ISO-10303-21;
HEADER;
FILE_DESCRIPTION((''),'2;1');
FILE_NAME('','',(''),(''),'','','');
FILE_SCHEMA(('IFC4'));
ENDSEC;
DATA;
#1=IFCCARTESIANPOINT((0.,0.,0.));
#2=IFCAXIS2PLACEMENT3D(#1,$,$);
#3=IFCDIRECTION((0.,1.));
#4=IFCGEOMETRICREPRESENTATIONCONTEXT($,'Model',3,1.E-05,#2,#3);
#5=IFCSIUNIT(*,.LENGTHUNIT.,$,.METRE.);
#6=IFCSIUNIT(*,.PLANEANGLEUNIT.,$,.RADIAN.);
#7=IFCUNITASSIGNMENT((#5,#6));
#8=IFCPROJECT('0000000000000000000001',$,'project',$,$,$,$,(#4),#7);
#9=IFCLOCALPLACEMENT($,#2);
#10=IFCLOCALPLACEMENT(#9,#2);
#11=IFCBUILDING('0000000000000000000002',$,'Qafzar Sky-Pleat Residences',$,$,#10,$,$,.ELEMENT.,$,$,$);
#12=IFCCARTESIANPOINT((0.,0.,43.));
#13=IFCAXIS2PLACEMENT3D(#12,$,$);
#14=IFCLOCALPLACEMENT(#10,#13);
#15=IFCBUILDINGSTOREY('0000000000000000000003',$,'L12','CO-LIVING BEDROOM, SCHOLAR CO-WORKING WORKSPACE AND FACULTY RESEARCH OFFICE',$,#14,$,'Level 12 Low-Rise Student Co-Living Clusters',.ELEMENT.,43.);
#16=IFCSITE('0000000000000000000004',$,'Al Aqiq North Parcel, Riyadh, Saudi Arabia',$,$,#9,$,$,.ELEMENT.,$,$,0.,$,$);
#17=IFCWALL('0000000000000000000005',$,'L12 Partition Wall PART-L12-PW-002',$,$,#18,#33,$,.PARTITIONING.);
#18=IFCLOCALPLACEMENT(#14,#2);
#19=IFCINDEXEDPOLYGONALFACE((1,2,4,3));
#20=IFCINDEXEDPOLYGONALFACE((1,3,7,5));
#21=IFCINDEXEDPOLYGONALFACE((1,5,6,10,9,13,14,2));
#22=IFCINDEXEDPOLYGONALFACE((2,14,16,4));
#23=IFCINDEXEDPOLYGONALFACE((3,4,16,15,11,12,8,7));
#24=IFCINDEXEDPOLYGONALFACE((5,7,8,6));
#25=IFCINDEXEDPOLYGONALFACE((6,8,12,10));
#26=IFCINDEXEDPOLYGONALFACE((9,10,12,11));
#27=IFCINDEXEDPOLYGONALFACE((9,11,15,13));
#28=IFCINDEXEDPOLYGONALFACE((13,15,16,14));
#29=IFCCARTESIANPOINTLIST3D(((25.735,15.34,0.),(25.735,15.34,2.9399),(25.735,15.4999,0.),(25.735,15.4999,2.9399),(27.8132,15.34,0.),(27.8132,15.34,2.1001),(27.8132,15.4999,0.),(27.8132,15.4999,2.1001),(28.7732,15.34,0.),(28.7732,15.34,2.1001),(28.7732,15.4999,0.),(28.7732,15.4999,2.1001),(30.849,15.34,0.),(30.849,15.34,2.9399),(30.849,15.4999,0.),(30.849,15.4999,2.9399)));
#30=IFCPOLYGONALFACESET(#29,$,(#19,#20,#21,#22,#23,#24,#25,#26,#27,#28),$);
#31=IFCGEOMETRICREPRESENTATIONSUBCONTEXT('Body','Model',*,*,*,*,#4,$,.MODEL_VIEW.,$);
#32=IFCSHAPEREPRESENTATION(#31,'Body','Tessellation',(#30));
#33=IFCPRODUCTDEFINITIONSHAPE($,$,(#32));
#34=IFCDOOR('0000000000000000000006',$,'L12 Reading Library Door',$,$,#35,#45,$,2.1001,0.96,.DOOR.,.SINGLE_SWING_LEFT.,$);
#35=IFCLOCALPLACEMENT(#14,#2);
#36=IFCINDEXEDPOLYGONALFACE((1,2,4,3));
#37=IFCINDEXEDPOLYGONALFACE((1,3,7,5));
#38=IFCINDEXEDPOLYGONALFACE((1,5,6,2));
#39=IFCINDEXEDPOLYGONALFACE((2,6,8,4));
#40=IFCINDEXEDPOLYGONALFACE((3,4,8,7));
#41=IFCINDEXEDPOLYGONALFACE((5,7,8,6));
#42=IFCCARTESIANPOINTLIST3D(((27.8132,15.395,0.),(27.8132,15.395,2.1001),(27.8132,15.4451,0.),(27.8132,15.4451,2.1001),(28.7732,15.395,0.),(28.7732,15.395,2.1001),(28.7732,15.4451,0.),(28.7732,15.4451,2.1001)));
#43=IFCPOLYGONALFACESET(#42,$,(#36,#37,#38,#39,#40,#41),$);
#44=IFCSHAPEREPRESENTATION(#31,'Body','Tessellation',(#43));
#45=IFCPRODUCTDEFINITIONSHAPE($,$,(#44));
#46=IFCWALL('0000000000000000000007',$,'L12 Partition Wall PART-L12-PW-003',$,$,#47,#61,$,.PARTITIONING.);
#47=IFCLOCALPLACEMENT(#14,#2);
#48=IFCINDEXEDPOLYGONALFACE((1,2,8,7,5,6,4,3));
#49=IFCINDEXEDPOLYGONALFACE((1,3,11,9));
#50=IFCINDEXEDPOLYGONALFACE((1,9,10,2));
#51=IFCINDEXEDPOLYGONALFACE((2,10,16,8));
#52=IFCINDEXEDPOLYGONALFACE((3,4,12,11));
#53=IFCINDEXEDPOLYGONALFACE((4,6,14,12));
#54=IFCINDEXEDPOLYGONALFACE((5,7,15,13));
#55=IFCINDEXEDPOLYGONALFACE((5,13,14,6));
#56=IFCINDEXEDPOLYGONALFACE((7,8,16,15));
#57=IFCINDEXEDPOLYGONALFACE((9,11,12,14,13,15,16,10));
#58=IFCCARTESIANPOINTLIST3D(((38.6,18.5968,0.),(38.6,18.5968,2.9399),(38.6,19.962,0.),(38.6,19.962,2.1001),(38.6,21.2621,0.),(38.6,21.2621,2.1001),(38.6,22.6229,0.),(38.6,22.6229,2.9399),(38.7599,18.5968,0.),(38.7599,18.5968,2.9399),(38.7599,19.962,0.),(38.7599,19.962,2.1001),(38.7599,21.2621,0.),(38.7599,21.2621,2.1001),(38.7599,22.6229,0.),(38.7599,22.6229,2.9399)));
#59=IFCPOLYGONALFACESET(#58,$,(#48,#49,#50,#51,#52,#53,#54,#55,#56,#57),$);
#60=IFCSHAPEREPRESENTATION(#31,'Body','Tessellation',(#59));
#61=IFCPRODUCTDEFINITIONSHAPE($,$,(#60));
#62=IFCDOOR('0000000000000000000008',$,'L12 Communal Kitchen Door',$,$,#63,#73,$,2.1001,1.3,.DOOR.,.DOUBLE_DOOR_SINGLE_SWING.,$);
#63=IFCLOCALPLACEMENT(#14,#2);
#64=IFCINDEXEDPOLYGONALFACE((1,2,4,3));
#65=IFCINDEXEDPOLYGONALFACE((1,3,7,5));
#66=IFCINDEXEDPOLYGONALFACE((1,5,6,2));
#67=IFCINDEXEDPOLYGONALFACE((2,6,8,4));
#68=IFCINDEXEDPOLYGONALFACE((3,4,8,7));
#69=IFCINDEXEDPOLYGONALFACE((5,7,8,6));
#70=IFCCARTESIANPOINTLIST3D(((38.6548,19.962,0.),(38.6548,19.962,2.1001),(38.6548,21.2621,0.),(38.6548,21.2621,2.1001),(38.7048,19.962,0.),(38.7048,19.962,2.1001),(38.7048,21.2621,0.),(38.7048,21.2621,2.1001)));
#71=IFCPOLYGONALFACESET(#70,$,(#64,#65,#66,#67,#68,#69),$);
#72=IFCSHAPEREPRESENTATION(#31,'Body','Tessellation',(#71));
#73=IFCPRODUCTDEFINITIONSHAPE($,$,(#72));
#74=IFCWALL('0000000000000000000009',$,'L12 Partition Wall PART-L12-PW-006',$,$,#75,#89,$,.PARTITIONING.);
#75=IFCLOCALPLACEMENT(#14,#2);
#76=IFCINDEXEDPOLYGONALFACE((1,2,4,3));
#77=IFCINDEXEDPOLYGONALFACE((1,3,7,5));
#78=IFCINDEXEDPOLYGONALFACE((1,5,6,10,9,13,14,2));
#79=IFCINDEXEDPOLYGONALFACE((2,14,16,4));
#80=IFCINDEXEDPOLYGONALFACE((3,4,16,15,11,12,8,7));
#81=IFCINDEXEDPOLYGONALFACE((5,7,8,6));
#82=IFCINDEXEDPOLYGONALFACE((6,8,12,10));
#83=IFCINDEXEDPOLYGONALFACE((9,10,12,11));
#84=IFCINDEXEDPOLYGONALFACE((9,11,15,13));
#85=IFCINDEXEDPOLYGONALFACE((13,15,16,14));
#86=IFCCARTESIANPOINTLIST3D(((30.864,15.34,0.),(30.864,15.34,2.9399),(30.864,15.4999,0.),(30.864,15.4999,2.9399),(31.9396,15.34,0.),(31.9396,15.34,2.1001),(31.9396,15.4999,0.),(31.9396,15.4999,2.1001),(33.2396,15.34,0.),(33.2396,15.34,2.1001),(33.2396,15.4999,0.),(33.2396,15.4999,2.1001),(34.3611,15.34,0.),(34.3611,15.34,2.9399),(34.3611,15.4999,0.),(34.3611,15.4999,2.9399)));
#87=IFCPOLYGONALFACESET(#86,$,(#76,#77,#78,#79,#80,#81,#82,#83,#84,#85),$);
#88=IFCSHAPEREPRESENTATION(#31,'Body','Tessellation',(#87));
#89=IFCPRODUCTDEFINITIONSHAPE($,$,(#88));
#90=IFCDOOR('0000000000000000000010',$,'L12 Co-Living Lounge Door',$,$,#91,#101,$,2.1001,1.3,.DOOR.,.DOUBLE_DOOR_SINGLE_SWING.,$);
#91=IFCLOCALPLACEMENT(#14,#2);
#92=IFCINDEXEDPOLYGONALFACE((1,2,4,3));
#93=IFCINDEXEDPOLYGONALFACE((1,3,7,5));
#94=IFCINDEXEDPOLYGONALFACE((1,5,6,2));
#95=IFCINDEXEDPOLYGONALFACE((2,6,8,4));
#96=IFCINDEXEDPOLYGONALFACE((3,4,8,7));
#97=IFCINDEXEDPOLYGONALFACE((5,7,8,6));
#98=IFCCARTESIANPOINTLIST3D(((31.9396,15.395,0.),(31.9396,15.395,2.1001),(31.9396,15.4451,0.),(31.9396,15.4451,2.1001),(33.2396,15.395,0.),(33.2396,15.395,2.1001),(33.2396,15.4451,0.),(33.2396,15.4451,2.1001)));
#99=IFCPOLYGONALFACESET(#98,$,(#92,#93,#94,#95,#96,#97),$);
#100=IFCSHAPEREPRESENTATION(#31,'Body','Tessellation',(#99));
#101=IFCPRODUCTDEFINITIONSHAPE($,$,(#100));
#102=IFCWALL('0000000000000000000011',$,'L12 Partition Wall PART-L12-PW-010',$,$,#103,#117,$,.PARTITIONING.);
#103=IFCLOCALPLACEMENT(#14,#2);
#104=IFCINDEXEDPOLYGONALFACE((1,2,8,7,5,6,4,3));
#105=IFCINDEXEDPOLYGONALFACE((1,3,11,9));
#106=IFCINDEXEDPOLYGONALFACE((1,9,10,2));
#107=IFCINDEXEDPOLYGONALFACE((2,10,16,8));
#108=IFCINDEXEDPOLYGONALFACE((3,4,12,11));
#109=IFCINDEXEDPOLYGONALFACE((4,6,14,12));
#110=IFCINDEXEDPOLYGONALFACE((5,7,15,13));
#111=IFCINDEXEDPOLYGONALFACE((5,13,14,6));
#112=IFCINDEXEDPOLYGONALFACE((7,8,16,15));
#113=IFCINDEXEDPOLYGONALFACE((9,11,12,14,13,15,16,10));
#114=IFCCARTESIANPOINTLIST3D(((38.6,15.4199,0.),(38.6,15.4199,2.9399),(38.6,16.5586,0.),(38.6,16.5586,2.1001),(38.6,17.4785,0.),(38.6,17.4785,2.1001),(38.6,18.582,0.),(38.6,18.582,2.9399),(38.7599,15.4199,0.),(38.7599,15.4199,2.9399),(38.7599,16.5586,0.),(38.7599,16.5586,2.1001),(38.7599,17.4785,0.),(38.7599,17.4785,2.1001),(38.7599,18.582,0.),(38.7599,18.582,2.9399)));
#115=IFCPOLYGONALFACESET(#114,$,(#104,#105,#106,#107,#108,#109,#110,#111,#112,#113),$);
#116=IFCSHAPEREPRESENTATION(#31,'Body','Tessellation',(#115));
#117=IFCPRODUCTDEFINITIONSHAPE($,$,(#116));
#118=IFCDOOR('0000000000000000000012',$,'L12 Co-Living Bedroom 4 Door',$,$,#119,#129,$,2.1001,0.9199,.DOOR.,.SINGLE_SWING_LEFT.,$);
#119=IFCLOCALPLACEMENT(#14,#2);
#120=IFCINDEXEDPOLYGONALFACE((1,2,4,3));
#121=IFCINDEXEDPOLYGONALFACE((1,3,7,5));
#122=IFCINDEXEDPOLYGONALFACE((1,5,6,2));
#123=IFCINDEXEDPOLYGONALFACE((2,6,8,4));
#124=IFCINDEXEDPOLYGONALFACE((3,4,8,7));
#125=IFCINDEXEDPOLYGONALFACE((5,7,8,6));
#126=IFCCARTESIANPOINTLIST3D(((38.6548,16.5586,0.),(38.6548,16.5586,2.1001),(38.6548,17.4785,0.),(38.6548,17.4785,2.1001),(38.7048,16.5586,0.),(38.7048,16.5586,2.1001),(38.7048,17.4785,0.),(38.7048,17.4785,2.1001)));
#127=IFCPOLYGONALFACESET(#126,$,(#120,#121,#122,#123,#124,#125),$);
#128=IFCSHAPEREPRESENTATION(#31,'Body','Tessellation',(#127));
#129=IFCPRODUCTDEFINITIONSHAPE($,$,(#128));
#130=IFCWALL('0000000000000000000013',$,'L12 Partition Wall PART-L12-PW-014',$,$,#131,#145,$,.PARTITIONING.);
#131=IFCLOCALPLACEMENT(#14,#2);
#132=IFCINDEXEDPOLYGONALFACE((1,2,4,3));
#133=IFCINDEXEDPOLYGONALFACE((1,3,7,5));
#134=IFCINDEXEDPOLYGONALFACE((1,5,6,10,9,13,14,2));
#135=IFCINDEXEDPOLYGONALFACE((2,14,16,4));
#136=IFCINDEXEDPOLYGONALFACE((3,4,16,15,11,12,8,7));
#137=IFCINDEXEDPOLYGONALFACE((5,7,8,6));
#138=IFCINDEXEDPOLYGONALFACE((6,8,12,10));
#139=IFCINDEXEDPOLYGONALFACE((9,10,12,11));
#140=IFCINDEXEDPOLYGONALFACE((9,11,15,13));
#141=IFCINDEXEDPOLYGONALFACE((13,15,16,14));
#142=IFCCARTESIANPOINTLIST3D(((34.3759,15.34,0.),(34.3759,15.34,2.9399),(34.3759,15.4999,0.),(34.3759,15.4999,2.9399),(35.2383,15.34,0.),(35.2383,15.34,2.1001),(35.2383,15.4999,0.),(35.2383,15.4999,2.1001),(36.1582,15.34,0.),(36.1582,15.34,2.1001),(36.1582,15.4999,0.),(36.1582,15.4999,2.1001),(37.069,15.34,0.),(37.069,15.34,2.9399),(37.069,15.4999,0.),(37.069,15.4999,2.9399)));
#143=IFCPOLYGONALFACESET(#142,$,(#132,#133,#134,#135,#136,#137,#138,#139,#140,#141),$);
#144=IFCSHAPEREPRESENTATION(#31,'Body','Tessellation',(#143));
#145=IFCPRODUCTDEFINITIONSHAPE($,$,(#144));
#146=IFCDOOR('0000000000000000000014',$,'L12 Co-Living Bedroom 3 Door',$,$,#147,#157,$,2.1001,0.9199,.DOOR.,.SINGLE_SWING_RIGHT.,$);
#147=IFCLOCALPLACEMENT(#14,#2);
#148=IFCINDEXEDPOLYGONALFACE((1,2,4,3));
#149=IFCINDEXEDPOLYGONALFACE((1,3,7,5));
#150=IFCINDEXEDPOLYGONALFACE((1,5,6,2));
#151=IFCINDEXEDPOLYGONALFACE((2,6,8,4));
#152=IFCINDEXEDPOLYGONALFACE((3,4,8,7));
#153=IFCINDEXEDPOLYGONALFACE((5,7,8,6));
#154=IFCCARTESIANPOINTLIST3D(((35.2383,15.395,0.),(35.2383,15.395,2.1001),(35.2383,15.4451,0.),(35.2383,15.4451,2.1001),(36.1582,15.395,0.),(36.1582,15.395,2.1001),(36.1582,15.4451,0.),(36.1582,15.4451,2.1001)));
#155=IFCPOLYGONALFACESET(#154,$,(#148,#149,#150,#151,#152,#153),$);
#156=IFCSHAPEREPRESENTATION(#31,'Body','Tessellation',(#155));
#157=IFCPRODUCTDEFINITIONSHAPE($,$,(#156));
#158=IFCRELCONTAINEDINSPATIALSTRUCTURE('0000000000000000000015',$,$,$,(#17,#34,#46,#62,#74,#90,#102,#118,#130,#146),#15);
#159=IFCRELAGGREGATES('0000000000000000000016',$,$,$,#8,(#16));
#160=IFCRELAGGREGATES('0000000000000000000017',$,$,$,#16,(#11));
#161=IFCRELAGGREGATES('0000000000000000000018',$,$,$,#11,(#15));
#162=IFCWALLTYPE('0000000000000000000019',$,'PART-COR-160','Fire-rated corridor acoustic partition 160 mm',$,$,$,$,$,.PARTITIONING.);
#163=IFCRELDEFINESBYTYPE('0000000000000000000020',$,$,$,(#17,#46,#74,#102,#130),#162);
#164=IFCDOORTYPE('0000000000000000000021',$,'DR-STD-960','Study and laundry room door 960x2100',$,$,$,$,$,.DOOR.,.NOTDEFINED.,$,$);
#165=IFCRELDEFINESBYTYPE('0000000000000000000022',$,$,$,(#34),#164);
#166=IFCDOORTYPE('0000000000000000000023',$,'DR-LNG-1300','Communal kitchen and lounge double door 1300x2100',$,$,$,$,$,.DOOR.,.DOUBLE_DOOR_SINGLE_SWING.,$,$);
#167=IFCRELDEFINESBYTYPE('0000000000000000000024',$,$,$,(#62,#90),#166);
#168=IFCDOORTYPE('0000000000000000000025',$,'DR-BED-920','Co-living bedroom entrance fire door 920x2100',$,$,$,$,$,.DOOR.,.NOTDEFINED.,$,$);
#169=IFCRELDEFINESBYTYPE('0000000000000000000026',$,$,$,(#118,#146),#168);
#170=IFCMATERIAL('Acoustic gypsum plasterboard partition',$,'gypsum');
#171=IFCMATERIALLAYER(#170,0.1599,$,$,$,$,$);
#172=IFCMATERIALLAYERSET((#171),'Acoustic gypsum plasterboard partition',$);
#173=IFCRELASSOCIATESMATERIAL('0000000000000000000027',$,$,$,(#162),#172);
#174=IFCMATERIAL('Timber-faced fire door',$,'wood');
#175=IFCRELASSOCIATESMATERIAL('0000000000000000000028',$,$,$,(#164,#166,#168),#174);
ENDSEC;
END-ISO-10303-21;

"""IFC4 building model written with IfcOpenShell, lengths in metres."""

from ifc_helpers import new_model, si_unit, direction, frame, frame_2d, origin, place, context, subcontext, project, spatial, rectangle, extrude, source, transform, mapped, material, layer, layer_set, type_object, element, fill, save


model = new_model("IFC4")

# Units and contexts
model_context = context("Model", 3, precision=1e-05, world=origin(), true_north=direction((0.0, 1.0)))
body_context = subcontext(model_context, "Body", "Model", "MODEL_VIEW")
ifc_project = project(units=[si_unit("LENGTHUNIT", "METRE"), si_unit("PLANEANGLEUNIT", "RADIAN")], contexts=[model_context])

# Site, building, storey
site_placement = place(None, origin())
site = spatial("IfcSite", under=ifc_project, at=site_placement, Name="Al Aqiq North Parcel, Riyadh, Saudi Arabia", CompositionType="ELEMENT", RefElevation=0.0)
building_placement = place(site_placement, origin())
building = spatial("IfcBuilding", under=site, at=building_placement, Name="Qafzar Sky-Pleat Residences", CompositionType="ELEMENT")
storey_placement = place(building_placement, frame((0.0, 0.0, 43.0)))
storey = spatial("IfcBuildingStorey", under=building, at=storey_placement, Name="L12", Description="CO-LIVING BEDROOM, SCHOLAR CO-WORKING WORKSPACE AND FACULTY RESEARCH OFFICE", LongName="Level 12 Low-Rise Student Co-Living Clusters", CompositionType="ELEMENT", Elevation=43.0)

# Walls, openings, doors
ifc_material_1 = material(Name="Acoustic gypsum plasterboard partition", Category="gypsum")
ifc_layer_1 = layer(ifc_material_1, 0.1599)
ifc_layer_set_1 = layer_set([ifc_layer_1], Name="Acoustic gypsum plasterboard partition")
wall_type_1 = type_object("IfcWallType", Name="PART-COR-160", Description="Fire-rated corridor acoustic partition 160 mm", PredefinedType="PARTITIONING", material=ifc_layer_set_1)
wall_1_placement = place(storey_placement, frame((30.8491, 15.4199, 0.0), z_axis=(0.0, 0.0, 1.0), x_axis=(-1.0, 0.0, 0.0)))
wall_1 = element("IfcWall", 1, at=wall_1_placement, inside=storey, type_object=wall_type_1, Name="L12 Partition Wall PART-L12-PW-002", PredefinedType="PARTITIONING", context=body_context, shape_type="SweptSolid", body=[
    extrude(rectangle(XDim=5.114, YDim=0.1599, at=frame_2d((2.5571, 0.0))), origin(), (0.0, 0.0, 1.0), 2.9399),
])
opening_1_placement = place(wall_1_placement, frame((2.0759, 0.0, 0.0)))
opening_1 = element("IfcOpeningElement", 2, at=opening_1_placement, cuts=wall_1, PredefinedType="OPENING", context=body_context, shape_type="SweptSolid", body=[
    extrude(rectangle(XDim=0.96, YDim=2.1001, at=frame_2d((0.48, 1.05))), frame((0.0, 0.0898, 0.0), z_axis=(0.0, -1.0, 0.0), x_axis=(1.0, 0.0, 0.0)), (0.0, 0.0, 1.0), 0.1799),
])
ifc_material_2 = material(Name="Timber-faced fire door", Category="wood")
door_type_1 = type_object("IfcDoorType", Name="DR-STD-960", Description="Study and laundry room door 960x2100", OperationType="NOTDEFINED", PredefinedType="DOOR", material=ifc_material_2)
shared_shape_1 = source(origin(), body_context, "Body", "SweptSolid", [
    extrude(rectangle(XDim=0.96, YDim=2.1001, at=frame_2d((0.48, 1.05))), frame((0.0, 0.0249, 0.0), z_axis=(0.0, -1.0, 0.0), x_axis=(1.0, 0.0, 0.0)), (0.0, 0.0, 1.0), 0.05),
])
door_1_placement = place(opening_1_placement, origin())
door_1 = element("IfcDoor", 3, at=door_1_placement, inside=storey, type_object=door_type_1, Name="L12 Reading Library Door", OperationType="SINGLE_SWING_LEFT", OverallHeight=2.1001, OverallWidth=0.96, PredefinedType="DOOR", context=body_context, shape_type="MappedRepresentation", body=[
    mapped(shared_shape_1, transform((0.0, 0.0, 0.0), x_axis=(1.0, 0.0, 0.0), y_axis=(0.0, 1.0, 0.0), z_axis=(0.0, 0.0, 1.0), scale=1.0)),
])
fill(opening_1, door_1)
wall_2_placement = place(storey_placement, frame((38.6799, 22.623, 0.0), z_axis=(0.0, 0.0, 1.0), x_axis=(0.0, -1.0, 0.0)))
wall_2 = element("IfcWall", 4, at=wall_2_placement, inside=storey, type_object=wall_type_1, Name="L12 Partition Wall PART-L12-PW-003", PredefinedType="PARTITIONING", context=body_context, shape_type="SweptSolid", body=[
    extrude(rectangle(XDim=4.0261, YDim=0.1599, at=frame_2d((2.0132, 0.0))), origin(), (0.0, 0.0, 1.0), 2.9399),
])
opening_2_placement = place(wall_2_placement, frame((1.3611, 0.0, 0.0)))
opening_2 = element("IfcOpeningElement", 5, at=opening_2_placement, cuts=wall_2, PredefinedType="OPENING", context=body_context, shape_type="SweptSolid", body=[
    extrude(rectangle(XDim=1.3, YDim=2.1001, at=frame_2d((0.6499, 1.05))), frame((0.0, 0.0898, 0.0), z_axis=(0.0, -1.0, 0.0), x_axis=(1.0, 0.0, 0.0)), (0.0, 0.0, 1.0), 0.1799),
])
door_type_2 = type_object("IfcDoorType", Name="DR-LNG-1300", Description="Communal kitchen and lounge double door 1300x2100", OperationType="DOUBLE_DOOR_SINGLE_SWING", PredefinedType="DOOR", material=ifc_material_2)
shared_shape_2 = source(origin(), body_context, "Body", "SweptSolid", [
    extrude(rectangle(XDim=1.3, YDim=2.1001, at=frame_2d((0.6499, 1.05))), frame((0.0, 0.0249, 0.0), z_axis=(0.0, -1.0, 0.0), x_axis=(1.0, 0.0, 0.0)), (0.0, 0.0, 1.0), 0.05),
])
door_2_placement = place(opening_2_placement, origin())
door_2 = element("IfcDoor", 6, at=door_2_placement, inside=storey, type_object=door_type_2, Name="L12 Communal Kitchen Door", OperationType="DOUBLE_DOOR_SINGLE_SWING", OverallHeight=2.1001, OverallWidth=1.3, PredefinedType="DOOR", context=body_context, shape_type="MappedRepresentation", body=[
    mapped(shared_shape_2, transform((0.0, 0.0, 0.0), x_axis=(1.0, 0.0, 0.0), y_axis=(0.0, 1.0, 0.0), z_axis=(0.0, 0.0, 1.0), scale=1.0)),
])
fill(opening_2, door_2)
wall_3_placement = place(storey_placement, frame((34.3611, 15.4199, 0.0), z_axis=(0.0, 0.0, 1.0), x_axis=(-1.0, 0.0, 0.0)))
wall_3 = element("IfcWall", 7, at=wall_3_placement, inside=storey, type_object=wall_type_1, Name="L12 Partition Wall PART-L12-PW-006", PredefinedType="PARTITIONING", context=body_context, shape_type="SweptSolid", body=[
    extrude(rectangle(XDim=3.4971, YDim=0.1599, at=frame_2d((1.7485, 0.0))), origin(), (0.0, 0.0, 1.0), 2.9399),
])
opening_3_placement = place(wall_3_placement, frame((1.1216, 0.0, 0.0)))
opening_3 = element("IfcOpeningElement", 8, at=opening_3_placement, cuts=wall_3, PredefinedType="OPENING", context=body_context, shape_type="SweptSolid", body=[
    extrude(rectangle(XDim=1.3, YDim=2.1001, at=frame_2d((0.6499, 1.05))), frame((0.0, 0.0898, 0.0), z_axis=(0.0, -1.0, 0.0), x_axis=(1.0, 0.0, 0.0)), (0.0, 0.0, 1.0), 0.1799),
])
door_3_placement = place(opening_3_placement, origin())
door_3 = element("IfcDoor", 9, at=door_3_placement, inside=storey, type_object=door_type_2, Name="L12 Co-Living Lounge Door", OperationType="DOUBLE_DOOR_SINGLE_SWING", OverallHeight=2.1001, OverallWidth=1.3, PredefinedType="DOOR", context=body_context, shape_type="MappedRepresentation", body=[
    mapped(shared_shape_2, transform((0.0, 0.0, 0.0), x_axis=(1.0, 0.0, 0.0), y_axis=(0.0, 1.0, 0.0), z_axis=(0.0, 0.0, 1.0), scale=1.0)),
])
fill(opening_3, door_3)
wall_4_placement = place(storey_placement, frame((38.6799, 18.582, 0.0), z_axis=(0.0, 0.0, 1.0), x_axis=(0.0, -1.0, 0.0)))
wall_4 = element("IfcWall", 10, at=wall_4_placement, inside=storey, type_object=wall_type_1, Name="L12 Partition Wall PART-L12-PW-010", PredefinedType="PARTITIONING", context=body_context, shape_type="SweptSolid", body=[
    extrude(rectangle(XDim=3.1621, YDim=0.1599, at=frame_2d((1.5811, 0.0))), origin(), (0.0, 0.0, 1.0), 2.9399),
])
opening_4_placement = place(wall_4_placement, frame((1.1035, 0.0, 0.0)))
opening_4 = element("IfcOpeningElement", 11, at=opening_4_placement, cuts=wall_4, PredefinedType="OPENING", context=body_context, shape_type="SweptSolid", body=[
    extrude(rectangle(XDim=0.9199, YDim=2.1001, at=frame_2d((0.46, 1.05))), frame((0.0, 0.0898, 0.0), z_axis=(0.0, -1.0, 0.0), x_axis=(1.0, 0.0, 0.0)), (0.0, 0.0, 1.0), 0.1799),
])
door_type_3 = type_object("IfcDoorType", Name="DR-BED-920", Description="Co-living bedroom entrance fire door 920x2100", OperationType="NOTDEFINED", PredefinedType="DOOR", material=ifc_material_2)
shared_shape_3 = source(origin(), body_context, "Body", "SweptSolid", [
    extrude(rectangle(XDim=0.9199, YDim=2.1001, at=frame_2d((0.46, 1.05))), frame((0.0, 0.0249, 0.0), z_axis=(0.0, -1.0, 0.0), x_axis=(1.0, 0.0, 0.0)), (0.0, 0.0, 1.0), 0.05),
])
door_4_placement = place(opening_4_placement, origin())
door_4 = element("IfcDoor", 12, at=door_4_placement, inside=storey, type_object=door_type_3, Name="L12 Co-Living Bedroom 4 Door", OperationType="SINGLE_SWING_LEFT", OverallHeight=2.1001, OverallWidth=0.9199, PredefinedType="DOOR", context=body_context, shape_type="MappedRepresentation", body=[
    mapped(shared_shape_3, transform((0.0, 0.0, 0.0), x_axis=(1.0, 0.0, 0.0), y_axis=(0.0, 1.0, 0.0), z_axis=(0.0, 0.0, 1.0), scale=1.0)),
])
fill(opening_4, door_4)
wall_5_placement = place(storey_placement, frame((37.0691, 15.4199, 0.0), z_axis=(0.0, 0.0, 1.0), x_axis=(-1.0, 0.0, 0.0)))
wall_5 = element("IfcWall", 13, at=wall_5_placement, inside=storey, type_object=wall_type_1, Name="L12 Partition Wall PART-L12-PW-014", PredefinedType="PARTITIONING", context=body_context, shape_type="SweptSolid", body=[
    extrude(rectangle(XDim=2.6931, YDim=0.1599, at=frame_2d((1.3467, 0.0))), origin(), (0.0, 0.0, 1.0), 2.9399),
])
opening_5_placement = place(wall_5_placement, frame((0.9109, 0.0, 0.0)))
opening_5 = element("IfcOpeningElement", 14, at=opening_5_placement, cuts=wall_5, PredefinedType="OPENING", context=body_context, shape_type="SweptSolid", body=[
    extrude(rectangle(XDim=0.9199, YDim=2.1001, at=frame_2d((0.46, 1.05))), frame((0.0, 0.0898, 0.0), z_axis=(0.0, -1.0, 0.0), x_axis=(1.0, 0.0, 0.0)), (0.0, 0.0, 1.0), 0.1799),
])
door_5_placement = place(opening_5_placement, origin())
door_5 = element("IfcDoor", 15, at=door_5_placement, inside=storey, type_object=door_type_3, Name="L12 Co-Living Bedroom 3 Door", OperationType="SINGLE_SWING_RIGHT", OverallHeight=2.1001, OverallWidth=0.9199, PredefinedType="DOOR", context=body_context, shape_type="MappedRepresentation", body=[
    mapped(shared_shape_3, transform((0.0, 0.0, 0.0), x_axis=(1.0, 0.0, 0.0), y_axis=(0.0, 1.0, 0.0), z_axis=(0.0, 0.0, 1.0), scale=1.0)),
])
fill(opening_5, door_5)

save(model, "model.ifc")
